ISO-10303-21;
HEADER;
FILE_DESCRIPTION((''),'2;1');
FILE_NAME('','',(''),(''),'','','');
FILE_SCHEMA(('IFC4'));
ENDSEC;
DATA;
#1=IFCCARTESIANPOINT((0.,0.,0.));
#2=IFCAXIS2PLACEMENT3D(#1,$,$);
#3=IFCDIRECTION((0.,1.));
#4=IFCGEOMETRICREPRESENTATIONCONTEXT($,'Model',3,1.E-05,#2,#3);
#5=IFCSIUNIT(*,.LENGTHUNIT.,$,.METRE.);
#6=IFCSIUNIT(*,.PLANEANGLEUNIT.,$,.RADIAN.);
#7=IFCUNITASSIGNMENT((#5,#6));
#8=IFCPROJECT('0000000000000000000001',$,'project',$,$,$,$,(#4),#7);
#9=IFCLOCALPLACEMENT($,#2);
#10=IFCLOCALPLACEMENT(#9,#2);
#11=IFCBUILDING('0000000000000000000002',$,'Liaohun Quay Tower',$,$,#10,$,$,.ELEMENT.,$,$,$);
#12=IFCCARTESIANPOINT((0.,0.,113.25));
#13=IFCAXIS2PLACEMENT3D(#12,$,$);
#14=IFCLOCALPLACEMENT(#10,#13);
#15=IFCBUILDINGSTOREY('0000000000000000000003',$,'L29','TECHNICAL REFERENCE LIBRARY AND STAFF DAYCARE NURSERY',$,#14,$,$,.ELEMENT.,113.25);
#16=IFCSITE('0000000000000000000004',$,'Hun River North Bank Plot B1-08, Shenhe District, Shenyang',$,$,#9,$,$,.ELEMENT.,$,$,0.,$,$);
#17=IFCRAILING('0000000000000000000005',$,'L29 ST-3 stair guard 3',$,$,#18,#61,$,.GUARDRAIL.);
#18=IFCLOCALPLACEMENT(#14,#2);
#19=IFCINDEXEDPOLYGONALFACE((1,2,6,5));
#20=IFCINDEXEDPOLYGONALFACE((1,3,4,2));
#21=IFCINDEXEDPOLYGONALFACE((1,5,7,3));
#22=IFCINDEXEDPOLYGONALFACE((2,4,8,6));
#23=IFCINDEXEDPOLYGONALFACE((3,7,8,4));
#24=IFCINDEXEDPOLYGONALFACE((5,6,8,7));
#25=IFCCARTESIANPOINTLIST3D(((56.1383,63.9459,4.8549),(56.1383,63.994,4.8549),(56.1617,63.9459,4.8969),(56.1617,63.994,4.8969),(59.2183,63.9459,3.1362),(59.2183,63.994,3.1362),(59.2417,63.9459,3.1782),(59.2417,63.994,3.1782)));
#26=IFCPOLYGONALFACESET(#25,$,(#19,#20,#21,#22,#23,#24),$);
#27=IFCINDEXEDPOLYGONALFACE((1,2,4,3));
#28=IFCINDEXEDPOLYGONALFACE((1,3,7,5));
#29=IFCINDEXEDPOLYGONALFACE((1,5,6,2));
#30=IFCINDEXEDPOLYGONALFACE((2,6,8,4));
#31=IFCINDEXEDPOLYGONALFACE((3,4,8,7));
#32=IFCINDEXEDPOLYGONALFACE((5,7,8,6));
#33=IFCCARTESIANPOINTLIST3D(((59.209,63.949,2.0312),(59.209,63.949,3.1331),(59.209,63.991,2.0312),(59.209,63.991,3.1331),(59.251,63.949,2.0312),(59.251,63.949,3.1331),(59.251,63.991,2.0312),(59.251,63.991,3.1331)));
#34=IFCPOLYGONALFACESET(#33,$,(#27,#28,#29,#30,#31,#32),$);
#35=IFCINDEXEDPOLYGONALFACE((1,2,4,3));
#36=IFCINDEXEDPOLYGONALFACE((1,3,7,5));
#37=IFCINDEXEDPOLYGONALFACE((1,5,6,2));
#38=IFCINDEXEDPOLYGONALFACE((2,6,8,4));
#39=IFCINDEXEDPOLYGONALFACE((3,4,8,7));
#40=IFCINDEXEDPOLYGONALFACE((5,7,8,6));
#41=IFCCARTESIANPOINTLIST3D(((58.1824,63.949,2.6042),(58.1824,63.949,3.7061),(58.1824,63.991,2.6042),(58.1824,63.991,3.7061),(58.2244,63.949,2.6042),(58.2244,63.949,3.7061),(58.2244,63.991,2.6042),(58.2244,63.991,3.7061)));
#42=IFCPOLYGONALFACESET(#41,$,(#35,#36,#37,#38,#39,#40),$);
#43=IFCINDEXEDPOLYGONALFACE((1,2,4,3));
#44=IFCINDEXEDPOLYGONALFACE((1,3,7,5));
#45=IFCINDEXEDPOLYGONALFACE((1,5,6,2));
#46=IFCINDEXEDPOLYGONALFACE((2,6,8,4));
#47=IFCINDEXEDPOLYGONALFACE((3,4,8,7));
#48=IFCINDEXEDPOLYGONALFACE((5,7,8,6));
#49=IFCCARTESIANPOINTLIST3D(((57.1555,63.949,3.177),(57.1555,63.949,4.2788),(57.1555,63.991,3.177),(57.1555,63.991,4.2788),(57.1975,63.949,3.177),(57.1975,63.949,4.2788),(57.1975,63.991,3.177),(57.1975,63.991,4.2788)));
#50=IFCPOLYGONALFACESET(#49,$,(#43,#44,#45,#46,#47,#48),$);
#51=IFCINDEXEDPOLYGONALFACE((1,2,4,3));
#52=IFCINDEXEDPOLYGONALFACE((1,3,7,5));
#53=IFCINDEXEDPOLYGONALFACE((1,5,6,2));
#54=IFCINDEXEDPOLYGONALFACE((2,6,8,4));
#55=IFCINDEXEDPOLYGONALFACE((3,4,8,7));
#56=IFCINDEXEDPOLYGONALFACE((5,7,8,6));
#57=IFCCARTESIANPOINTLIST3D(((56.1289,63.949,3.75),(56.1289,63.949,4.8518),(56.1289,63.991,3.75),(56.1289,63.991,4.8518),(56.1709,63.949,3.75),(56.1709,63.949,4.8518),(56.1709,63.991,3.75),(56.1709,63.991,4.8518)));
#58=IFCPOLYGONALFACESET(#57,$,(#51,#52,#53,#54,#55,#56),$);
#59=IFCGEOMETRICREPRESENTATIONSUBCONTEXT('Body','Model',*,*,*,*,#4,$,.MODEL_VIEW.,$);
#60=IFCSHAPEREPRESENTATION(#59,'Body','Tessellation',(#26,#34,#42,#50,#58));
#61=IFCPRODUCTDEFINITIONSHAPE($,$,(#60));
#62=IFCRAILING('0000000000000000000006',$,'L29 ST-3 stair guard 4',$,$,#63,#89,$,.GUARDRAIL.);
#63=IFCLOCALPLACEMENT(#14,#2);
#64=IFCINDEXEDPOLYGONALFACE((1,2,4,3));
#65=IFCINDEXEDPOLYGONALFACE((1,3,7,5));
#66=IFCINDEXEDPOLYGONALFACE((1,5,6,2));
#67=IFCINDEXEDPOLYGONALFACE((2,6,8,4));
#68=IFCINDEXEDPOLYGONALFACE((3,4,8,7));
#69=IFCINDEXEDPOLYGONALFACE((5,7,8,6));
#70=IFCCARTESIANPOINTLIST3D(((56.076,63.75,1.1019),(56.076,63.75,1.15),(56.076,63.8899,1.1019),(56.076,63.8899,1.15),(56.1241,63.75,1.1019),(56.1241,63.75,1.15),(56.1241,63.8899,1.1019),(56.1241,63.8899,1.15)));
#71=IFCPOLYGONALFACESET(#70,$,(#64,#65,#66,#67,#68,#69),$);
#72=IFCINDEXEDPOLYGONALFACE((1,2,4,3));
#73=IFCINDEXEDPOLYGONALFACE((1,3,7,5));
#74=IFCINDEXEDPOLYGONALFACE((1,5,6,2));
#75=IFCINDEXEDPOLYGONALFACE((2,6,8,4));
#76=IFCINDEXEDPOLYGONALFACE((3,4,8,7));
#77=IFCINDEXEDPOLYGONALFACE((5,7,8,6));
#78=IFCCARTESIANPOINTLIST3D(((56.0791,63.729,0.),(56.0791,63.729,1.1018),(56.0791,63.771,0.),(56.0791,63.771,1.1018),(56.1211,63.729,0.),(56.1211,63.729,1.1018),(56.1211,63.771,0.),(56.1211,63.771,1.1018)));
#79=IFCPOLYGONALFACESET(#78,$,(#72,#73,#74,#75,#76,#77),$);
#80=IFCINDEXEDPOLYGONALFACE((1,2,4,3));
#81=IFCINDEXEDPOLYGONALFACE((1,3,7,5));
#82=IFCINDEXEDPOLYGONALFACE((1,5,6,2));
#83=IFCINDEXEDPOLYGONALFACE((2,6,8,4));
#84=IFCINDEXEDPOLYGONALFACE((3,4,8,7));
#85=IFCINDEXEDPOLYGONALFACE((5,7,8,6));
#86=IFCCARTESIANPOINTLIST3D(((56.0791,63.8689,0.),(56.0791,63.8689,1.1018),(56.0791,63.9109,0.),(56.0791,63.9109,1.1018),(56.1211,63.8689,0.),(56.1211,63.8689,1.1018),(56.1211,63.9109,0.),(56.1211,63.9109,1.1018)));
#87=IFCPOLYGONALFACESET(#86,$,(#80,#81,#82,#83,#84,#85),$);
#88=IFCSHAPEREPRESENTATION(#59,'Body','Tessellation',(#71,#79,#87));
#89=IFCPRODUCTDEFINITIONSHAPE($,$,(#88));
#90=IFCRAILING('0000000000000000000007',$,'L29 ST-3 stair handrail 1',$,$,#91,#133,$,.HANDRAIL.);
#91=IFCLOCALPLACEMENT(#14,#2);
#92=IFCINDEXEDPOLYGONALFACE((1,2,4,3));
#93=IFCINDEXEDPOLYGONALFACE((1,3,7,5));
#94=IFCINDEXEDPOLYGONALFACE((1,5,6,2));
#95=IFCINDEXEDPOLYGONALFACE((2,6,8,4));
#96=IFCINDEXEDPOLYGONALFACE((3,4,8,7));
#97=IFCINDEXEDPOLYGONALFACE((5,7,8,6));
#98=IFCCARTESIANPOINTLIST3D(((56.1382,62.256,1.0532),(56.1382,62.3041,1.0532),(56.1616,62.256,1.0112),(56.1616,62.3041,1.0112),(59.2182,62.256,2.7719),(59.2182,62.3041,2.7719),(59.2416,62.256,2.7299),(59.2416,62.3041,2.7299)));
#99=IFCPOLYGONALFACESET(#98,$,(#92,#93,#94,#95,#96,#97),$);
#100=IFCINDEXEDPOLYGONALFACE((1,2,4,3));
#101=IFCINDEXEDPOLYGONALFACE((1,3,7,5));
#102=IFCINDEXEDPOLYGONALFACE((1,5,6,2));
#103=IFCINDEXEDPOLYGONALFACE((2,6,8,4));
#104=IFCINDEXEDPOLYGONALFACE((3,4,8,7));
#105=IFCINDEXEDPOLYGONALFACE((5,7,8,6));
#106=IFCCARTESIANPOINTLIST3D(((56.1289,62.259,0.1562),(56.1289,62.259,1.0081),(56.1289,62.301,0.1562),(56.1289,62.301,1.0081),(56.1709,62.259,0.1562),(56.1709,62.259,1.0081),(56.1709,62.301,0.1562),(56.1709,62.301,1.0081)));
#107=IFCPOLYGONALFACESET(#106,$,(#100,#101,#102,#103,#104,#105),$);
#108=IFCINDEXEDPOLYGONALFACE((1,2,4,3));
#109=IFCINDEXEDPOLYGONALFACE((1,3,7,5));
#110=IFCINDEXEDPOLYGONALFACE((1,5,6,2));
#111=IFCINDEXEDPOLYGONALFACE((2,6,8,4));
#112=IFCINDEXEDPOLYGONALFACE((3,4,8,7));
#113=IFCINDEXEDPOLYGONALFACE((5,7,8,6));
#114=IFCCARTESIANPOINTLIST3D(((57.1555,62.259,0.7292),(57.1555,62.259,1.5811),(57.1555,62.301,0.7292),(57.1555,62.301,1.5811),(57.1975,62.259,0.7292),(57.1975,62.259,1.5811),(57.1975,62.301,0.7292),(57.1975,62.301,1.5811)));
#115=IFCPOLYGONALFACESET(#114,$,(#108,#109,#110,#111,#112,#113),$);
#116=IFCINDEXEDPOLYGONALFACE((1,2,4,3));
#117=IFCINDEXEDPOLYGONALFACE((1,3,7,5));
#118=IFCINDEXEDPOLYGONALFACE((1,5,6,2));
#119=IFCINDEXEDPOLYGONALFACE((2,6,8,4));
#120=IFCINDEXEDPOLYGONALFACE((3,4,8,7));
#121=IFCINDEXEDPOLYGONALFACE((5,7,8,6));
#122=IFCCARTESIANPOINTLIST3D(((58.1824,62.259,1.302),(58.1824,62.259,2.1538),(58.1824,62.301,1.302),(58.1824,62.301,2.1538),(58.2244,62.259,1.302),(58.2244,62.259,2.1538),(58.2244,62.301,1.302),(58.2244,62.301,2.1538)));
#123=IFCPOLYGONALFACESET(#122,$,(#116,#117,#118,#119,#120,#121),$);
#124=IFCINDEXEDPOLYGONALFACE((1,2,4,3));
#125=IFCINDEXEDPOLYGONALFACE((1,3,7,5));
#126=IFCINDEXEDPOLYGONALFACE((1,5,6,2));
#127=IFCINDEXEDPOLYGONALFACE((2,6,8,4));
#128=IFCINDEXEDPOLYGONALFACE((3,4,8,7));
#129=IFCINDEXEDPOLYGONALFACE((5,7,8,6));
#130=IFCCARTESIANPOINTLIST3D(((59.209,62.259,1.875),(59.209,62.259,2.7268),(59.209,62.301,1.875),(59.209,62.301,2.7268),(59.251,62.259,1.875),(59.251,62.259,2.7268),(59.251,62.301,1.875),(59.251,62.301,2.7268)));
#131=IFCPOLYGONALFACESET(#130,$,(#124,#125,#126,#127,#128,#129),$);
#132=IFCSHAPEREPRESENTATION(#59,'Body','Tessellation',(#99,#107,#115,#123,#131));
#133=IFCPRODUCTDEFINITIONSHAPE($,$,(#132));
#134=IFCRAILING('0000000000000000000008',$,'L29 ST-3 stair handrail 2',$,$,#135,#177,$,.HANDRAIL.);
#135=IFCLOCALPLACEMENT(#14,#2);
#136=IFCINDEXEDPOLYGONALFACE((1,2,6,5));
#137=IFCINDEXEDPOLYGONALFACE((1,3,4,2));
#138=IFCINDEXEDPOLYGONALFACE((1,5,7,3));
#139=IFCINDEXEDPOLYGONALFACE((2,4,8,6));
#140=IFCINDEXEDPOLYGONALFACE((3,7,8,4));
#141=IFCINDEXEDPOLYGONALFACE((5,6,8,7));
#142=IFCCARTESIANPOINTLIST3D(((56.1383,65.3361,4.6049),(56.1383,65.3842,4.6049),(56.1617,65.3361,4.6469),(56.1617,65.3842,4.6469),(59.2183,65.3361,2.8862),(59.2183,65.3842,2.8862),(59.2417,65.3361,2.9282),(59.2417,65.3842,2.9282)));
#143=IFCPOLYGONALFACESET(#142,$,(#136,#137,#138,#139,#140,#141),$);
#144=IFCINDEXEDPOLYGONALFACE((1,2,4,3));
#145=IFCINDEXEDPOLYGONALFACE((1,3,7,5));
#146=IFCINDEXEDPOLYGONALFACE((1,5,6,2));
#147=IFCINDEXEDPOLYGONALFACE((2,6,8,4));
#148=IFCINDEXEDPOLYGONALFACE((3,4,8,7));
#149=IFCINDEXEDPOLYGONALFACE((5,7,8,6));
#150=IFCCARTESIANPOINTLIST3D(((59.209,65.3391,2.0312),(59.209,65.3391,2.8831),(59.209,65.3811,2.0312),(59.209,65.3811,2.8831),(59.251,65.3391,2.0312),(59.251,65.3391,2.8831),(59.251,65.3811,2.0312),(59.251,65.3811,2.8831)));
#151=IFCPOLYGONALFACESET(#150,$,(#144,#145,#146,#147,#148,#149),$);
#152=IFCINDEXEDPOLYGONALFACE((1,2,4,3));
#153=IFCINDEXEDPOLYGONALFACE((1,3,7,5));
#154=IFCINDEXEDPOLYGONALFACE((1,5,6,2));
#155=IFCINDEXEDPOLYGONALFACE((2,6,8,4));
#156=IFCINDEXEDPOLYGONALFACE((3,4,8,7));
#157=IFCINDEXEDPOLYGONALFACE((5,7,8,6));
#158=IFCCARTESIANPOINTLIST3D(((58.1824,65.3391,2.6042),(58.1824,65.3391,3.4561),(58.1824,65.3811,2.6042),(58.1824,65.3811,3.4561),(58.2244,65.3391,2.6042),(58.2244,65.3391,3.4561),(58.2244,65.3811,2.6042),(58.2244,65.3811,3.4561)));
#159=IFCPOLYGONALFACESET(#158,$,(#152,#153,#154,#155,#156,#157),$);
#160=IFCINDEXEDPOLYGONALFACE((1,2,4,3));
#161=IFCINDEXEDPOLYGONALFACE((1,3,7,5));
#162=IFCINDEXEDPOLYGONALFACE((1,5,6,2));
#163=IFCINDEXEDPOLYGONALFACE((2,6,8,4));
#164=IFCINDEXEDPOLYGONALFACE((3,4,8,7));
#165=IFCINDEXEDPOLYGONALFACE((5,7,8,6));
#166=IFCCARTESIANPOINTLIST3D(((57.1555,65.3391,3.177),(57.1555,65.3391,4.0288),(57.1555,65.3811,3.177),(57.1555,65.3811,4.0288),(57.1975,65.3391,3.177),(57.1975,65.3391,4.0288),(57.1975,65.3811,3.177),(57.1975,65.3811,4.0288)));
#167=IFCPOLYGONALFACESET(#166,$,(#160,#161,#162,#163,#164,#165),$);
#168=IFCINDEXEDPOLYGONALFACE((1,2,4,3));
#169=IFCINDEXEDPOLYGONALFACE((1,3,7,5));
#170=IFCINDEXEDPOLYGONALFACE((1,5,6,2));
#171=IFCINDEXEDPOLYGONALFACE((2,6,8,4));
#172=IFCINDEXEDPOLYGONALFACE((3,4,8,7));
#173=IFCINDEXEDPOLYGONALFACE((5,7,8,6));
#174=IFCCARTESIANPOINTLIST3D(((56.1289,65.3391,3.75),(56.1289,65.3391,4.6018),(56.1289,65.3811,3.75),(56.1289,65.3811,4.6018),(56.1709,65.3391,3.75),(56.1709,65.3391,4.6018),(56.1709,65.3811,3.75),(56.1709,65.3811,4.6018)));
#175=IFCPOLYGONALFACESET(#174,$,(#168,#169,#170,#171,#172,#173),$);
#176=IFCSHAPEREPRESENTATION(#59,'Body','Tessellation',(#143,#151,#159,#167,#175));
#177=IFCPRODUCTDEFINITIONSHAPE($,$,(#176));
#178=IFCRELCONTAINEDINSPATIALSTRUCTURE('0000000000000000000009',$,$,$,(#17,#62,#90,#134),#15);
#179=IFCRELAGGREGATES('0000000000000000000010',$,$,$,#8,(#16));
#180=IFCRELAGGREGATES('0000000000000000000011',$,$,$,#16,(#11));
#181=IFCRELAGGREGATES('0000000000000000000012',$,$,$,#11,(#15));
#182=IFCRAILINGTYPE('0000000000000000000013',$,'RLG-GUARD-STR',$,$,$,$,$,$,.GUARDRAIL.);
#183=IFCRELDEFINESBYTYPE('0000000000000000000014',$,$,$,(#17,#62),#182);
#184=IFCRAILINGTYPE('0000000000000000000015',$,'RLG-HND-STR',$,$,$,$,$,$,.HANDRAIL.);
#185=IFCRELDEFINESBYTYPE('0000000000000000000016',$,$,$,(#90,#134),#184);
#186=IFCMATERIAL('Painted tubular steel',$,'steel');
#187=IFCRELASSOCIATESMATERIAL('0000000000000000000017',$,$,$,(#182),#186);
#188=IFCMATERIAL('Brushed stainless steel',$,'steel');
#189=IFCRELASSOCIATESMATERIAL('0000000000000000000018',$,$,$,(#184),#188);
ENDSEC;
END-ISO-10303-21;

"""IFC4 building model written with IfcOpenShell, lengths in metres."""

from ifc_helpers import new_model, si_unit, direction, frame, origin, origin_2d, place, context, subcontext, project, spatial, rectangle, extrude, material, type_object, element, save


model = new_model("IFC4")

# Units and contexts
model_context = context("Model", 3, precision=1e-05, world=origin(), true_north=direction((0.0, 1.0)))
body_context = subcontext(model_context, "Body", "Model", "MODEL_VIEW")
ifc_project = project(units=[si_unit("LENGTHUNIT", "METRE"), si_unit("PLANEANGLEUNIT", "RADIAN")], contexts=[model_context])

# Site, building, storey
site_placement = place(None, origin())
site = spatial("IfcSite", under=ifc_project, at=site_placement, Name="Hun River North Bank Plot B1-08, Shenhe District, Shenyang", CompositionType="ELEMENT", RefElevation=0.0)
building_placement = place(site_placement, origin())
building = spatial("IfcBuilding", under=site, at=building_placement, Name="Liaohun Quay Tower", CompositionType="ELEMENT")
storey_placement = place(building_placement, frame((0.0, 0.0, 113.25)))
storey = spatial("IfcBuildingStorey", under=building, at=storey_placement, Name="L29", Description="TECHNICAL REFERENCE LIBRARY AND STAFF DAYCARE NURSERY", CompositionType="ELEMENT", Elevation=113.25)

# Railings
ifc_material_1 = material(Name="Painted tubular steel", Category="steel")
railing_type_1 = type_object("IfcRailingType", Name="RLG-GUARD-STR", PredefinedType="GUARDRAIL", material=ifc_material_1)
railing_1_placement = place(storey_placement, frame((59.23, 63.97, 2.0312)))
element("IfcRailing", 1, at=railing_1_placement, inside=storey, type_object=railing_type_1, Name="L29 ST-3 stair guard 3", PredefinedType="GUARDRAIL", context=body_context, shape_type="SweptSolid", body=[
    extrude(rectangle(XDim=0.0481, YDim=0.0481, at=origin_2d()), frame((0.0, 0.0, 1.126), z_axis=(-0.873242, 0.0, 0.487288), x_axis=(0.0, -1.0, 0.0)), (0.0, 0.0, 1.0), 3.5271),
    extrude(rectangle(XDim=0.042, YDim=0.042, at=origin_2d()), origin(), (0.0, 0.0, 1.0), 1.1018),
    extrude(rectangle(XDim=0.042, YDim=0.042, at=origin_2d()), frame((-1.0266, 0.0, 0.573)), (0.0, 0.0, 1.0), 1.1018),
    extrude(rectangle(XDim=0.042, YDim=0.042, at=origin_2d()), frame((-2.0535, 0.0, 1.1458)), (0.0, 0.0, 1.0), 1.1018),
    extrude(rectangle(XDim=0.042, YDim=0.042, at=origin_2d()), frame((-3.0801, 0.0, 1.7188)), (0.0, 0.0, 1.0), 1.1018),
])
railing_2_placement = place(storey_placement, frame((56.1001, 63.75, 0.0)))
element("IfcRailing", 2, at=railing_2_placement, inside=storey, type_object=railing_type_1, Name="L29 ST-3 stair guard 4", PredefinedType="GUARDRAIL", context=body_context, shape_type="SweptSolid", body=[
    extrude(rectangle(XDim=0.0481, YDim=0.0481, at=origin_2d()), frame((0.0, 0.0, 1.126), z_axis=(0.0, 1.0, 0.0), x_axis=(-1.0, 0.0, 0.0)), (0.0, 0.0, 1.0), 0.1399),
    extrude(rectangle(XDim=0.042, YDim=0.042, at=origin_2d()), origin(), (0.0, 0.0, 1.0), 1.1018),
    extrude(rectangle(XDim=0.042, YDim=0.042, at=origin_2d()), frame((0.0, 0.1399, 0.0)), (0.0, 0.0, 1.0), 1.1018),
])
ifc_material_2 = material(Name="Brushed stainless steel", Category="steel")
railing_type_2 = type_object("IfcRailingType", Name="RLG-HND-STR", PredefinedType="HANDRAIL", material=ifc_material_2)
railing_3_placement = place(storey_placement, frame((56.1499, 62.28, 0.1562)))
element("IfcRailing", 3, at=railing_3_placement, inside=storey, type_object=railing_type_2, Name="L29 ST-3 stair handrail 1", PredefinedType="HANDRAIL", context=body_context, shape_type="SweptSolid", body=[
    extrude(rectangle(XDim=0.0481, YDim=0.0481, at=origin_2d()), frame((0.0, 0.0, 0.876), z_axis=(0.873242, 0.0, 0.487288), x_axis=(0.0, 1.0, 0.0)), (0.0, 0.0, 1.0), 3.5271),
    extrude(rectangle(XDim=0.042, YDim=0.042, at=origin_2d()), origin(), (0.0, 0.0, 1.0), 0.8518),
    extrude(rectangle(XDim=0.042, YDim=0.042, at=origin_2d()), frame((1.0266, 0.0, 0.573)), (0.0, 0.0, 1.0), 0.8518),
    extrude(rectangle(XDim=0.042, YDim=0.042, at=origin_2d()), frame((2.0535, 0.0, 1.1458)), (0.0, 0.0, 1.0), 0.8518),
    extrude(rectangle(XDim=0.042, YDim=0.042, at=origin_2d()), frame((3.0801, 0.0, 1.7188)), (0.0, 0.0, 1.0), 0.8518),
])
railing_4_placement = place(storey_placement, frame((59.23, 65.3601, 2.0312)))
element("IfcRailing", 4, at=railing_4_placement, inside=storey, type_object=railing_type_2, Name="L29 ST-3 stair handrail 2", PredefinedType="HANDRAIL", context=body_context, shape_type="SweptSolid", body=[
    extrude(rectangle(XDim=0.0481, YDim=0.0481, at=origin_2d()), frame((0.0, 0.0, 0.876), z_axis=(-0.873242, 0.0, 0.487288), x_axis=(0.0, -1.0, 0.0)), (0.0, 0.0, 1.0), 3.5271),
    extrude(rectangle(XDim=0.042, YDim=0.042, at=origin_2d()), origin(), (0.0, 0.0, 1.0), 0.8518),
    extrude(rectangle(XDim=0.042, YDim=0.042, at=origin_2d()), frame((-1.0266, 0.0, 0.573)), (0.0, 0.0, 1.0), 0.8518),
    extrude(rectangle(XDim=0.042, YDim=0.042, at=origin_2d()), frame((-2.0535, 0.0, 1.1458)), (0.0, 0.0, 1.0), 0.8518),
    extrude(rectangle(XDim=0.042, YDim=0.042, at=origin_2d()), frame((-3.0801, 0.0, 1.7188)), (0.0, 0.0, 1.0), 0.8518),
])

save(model, "model.ifc")
